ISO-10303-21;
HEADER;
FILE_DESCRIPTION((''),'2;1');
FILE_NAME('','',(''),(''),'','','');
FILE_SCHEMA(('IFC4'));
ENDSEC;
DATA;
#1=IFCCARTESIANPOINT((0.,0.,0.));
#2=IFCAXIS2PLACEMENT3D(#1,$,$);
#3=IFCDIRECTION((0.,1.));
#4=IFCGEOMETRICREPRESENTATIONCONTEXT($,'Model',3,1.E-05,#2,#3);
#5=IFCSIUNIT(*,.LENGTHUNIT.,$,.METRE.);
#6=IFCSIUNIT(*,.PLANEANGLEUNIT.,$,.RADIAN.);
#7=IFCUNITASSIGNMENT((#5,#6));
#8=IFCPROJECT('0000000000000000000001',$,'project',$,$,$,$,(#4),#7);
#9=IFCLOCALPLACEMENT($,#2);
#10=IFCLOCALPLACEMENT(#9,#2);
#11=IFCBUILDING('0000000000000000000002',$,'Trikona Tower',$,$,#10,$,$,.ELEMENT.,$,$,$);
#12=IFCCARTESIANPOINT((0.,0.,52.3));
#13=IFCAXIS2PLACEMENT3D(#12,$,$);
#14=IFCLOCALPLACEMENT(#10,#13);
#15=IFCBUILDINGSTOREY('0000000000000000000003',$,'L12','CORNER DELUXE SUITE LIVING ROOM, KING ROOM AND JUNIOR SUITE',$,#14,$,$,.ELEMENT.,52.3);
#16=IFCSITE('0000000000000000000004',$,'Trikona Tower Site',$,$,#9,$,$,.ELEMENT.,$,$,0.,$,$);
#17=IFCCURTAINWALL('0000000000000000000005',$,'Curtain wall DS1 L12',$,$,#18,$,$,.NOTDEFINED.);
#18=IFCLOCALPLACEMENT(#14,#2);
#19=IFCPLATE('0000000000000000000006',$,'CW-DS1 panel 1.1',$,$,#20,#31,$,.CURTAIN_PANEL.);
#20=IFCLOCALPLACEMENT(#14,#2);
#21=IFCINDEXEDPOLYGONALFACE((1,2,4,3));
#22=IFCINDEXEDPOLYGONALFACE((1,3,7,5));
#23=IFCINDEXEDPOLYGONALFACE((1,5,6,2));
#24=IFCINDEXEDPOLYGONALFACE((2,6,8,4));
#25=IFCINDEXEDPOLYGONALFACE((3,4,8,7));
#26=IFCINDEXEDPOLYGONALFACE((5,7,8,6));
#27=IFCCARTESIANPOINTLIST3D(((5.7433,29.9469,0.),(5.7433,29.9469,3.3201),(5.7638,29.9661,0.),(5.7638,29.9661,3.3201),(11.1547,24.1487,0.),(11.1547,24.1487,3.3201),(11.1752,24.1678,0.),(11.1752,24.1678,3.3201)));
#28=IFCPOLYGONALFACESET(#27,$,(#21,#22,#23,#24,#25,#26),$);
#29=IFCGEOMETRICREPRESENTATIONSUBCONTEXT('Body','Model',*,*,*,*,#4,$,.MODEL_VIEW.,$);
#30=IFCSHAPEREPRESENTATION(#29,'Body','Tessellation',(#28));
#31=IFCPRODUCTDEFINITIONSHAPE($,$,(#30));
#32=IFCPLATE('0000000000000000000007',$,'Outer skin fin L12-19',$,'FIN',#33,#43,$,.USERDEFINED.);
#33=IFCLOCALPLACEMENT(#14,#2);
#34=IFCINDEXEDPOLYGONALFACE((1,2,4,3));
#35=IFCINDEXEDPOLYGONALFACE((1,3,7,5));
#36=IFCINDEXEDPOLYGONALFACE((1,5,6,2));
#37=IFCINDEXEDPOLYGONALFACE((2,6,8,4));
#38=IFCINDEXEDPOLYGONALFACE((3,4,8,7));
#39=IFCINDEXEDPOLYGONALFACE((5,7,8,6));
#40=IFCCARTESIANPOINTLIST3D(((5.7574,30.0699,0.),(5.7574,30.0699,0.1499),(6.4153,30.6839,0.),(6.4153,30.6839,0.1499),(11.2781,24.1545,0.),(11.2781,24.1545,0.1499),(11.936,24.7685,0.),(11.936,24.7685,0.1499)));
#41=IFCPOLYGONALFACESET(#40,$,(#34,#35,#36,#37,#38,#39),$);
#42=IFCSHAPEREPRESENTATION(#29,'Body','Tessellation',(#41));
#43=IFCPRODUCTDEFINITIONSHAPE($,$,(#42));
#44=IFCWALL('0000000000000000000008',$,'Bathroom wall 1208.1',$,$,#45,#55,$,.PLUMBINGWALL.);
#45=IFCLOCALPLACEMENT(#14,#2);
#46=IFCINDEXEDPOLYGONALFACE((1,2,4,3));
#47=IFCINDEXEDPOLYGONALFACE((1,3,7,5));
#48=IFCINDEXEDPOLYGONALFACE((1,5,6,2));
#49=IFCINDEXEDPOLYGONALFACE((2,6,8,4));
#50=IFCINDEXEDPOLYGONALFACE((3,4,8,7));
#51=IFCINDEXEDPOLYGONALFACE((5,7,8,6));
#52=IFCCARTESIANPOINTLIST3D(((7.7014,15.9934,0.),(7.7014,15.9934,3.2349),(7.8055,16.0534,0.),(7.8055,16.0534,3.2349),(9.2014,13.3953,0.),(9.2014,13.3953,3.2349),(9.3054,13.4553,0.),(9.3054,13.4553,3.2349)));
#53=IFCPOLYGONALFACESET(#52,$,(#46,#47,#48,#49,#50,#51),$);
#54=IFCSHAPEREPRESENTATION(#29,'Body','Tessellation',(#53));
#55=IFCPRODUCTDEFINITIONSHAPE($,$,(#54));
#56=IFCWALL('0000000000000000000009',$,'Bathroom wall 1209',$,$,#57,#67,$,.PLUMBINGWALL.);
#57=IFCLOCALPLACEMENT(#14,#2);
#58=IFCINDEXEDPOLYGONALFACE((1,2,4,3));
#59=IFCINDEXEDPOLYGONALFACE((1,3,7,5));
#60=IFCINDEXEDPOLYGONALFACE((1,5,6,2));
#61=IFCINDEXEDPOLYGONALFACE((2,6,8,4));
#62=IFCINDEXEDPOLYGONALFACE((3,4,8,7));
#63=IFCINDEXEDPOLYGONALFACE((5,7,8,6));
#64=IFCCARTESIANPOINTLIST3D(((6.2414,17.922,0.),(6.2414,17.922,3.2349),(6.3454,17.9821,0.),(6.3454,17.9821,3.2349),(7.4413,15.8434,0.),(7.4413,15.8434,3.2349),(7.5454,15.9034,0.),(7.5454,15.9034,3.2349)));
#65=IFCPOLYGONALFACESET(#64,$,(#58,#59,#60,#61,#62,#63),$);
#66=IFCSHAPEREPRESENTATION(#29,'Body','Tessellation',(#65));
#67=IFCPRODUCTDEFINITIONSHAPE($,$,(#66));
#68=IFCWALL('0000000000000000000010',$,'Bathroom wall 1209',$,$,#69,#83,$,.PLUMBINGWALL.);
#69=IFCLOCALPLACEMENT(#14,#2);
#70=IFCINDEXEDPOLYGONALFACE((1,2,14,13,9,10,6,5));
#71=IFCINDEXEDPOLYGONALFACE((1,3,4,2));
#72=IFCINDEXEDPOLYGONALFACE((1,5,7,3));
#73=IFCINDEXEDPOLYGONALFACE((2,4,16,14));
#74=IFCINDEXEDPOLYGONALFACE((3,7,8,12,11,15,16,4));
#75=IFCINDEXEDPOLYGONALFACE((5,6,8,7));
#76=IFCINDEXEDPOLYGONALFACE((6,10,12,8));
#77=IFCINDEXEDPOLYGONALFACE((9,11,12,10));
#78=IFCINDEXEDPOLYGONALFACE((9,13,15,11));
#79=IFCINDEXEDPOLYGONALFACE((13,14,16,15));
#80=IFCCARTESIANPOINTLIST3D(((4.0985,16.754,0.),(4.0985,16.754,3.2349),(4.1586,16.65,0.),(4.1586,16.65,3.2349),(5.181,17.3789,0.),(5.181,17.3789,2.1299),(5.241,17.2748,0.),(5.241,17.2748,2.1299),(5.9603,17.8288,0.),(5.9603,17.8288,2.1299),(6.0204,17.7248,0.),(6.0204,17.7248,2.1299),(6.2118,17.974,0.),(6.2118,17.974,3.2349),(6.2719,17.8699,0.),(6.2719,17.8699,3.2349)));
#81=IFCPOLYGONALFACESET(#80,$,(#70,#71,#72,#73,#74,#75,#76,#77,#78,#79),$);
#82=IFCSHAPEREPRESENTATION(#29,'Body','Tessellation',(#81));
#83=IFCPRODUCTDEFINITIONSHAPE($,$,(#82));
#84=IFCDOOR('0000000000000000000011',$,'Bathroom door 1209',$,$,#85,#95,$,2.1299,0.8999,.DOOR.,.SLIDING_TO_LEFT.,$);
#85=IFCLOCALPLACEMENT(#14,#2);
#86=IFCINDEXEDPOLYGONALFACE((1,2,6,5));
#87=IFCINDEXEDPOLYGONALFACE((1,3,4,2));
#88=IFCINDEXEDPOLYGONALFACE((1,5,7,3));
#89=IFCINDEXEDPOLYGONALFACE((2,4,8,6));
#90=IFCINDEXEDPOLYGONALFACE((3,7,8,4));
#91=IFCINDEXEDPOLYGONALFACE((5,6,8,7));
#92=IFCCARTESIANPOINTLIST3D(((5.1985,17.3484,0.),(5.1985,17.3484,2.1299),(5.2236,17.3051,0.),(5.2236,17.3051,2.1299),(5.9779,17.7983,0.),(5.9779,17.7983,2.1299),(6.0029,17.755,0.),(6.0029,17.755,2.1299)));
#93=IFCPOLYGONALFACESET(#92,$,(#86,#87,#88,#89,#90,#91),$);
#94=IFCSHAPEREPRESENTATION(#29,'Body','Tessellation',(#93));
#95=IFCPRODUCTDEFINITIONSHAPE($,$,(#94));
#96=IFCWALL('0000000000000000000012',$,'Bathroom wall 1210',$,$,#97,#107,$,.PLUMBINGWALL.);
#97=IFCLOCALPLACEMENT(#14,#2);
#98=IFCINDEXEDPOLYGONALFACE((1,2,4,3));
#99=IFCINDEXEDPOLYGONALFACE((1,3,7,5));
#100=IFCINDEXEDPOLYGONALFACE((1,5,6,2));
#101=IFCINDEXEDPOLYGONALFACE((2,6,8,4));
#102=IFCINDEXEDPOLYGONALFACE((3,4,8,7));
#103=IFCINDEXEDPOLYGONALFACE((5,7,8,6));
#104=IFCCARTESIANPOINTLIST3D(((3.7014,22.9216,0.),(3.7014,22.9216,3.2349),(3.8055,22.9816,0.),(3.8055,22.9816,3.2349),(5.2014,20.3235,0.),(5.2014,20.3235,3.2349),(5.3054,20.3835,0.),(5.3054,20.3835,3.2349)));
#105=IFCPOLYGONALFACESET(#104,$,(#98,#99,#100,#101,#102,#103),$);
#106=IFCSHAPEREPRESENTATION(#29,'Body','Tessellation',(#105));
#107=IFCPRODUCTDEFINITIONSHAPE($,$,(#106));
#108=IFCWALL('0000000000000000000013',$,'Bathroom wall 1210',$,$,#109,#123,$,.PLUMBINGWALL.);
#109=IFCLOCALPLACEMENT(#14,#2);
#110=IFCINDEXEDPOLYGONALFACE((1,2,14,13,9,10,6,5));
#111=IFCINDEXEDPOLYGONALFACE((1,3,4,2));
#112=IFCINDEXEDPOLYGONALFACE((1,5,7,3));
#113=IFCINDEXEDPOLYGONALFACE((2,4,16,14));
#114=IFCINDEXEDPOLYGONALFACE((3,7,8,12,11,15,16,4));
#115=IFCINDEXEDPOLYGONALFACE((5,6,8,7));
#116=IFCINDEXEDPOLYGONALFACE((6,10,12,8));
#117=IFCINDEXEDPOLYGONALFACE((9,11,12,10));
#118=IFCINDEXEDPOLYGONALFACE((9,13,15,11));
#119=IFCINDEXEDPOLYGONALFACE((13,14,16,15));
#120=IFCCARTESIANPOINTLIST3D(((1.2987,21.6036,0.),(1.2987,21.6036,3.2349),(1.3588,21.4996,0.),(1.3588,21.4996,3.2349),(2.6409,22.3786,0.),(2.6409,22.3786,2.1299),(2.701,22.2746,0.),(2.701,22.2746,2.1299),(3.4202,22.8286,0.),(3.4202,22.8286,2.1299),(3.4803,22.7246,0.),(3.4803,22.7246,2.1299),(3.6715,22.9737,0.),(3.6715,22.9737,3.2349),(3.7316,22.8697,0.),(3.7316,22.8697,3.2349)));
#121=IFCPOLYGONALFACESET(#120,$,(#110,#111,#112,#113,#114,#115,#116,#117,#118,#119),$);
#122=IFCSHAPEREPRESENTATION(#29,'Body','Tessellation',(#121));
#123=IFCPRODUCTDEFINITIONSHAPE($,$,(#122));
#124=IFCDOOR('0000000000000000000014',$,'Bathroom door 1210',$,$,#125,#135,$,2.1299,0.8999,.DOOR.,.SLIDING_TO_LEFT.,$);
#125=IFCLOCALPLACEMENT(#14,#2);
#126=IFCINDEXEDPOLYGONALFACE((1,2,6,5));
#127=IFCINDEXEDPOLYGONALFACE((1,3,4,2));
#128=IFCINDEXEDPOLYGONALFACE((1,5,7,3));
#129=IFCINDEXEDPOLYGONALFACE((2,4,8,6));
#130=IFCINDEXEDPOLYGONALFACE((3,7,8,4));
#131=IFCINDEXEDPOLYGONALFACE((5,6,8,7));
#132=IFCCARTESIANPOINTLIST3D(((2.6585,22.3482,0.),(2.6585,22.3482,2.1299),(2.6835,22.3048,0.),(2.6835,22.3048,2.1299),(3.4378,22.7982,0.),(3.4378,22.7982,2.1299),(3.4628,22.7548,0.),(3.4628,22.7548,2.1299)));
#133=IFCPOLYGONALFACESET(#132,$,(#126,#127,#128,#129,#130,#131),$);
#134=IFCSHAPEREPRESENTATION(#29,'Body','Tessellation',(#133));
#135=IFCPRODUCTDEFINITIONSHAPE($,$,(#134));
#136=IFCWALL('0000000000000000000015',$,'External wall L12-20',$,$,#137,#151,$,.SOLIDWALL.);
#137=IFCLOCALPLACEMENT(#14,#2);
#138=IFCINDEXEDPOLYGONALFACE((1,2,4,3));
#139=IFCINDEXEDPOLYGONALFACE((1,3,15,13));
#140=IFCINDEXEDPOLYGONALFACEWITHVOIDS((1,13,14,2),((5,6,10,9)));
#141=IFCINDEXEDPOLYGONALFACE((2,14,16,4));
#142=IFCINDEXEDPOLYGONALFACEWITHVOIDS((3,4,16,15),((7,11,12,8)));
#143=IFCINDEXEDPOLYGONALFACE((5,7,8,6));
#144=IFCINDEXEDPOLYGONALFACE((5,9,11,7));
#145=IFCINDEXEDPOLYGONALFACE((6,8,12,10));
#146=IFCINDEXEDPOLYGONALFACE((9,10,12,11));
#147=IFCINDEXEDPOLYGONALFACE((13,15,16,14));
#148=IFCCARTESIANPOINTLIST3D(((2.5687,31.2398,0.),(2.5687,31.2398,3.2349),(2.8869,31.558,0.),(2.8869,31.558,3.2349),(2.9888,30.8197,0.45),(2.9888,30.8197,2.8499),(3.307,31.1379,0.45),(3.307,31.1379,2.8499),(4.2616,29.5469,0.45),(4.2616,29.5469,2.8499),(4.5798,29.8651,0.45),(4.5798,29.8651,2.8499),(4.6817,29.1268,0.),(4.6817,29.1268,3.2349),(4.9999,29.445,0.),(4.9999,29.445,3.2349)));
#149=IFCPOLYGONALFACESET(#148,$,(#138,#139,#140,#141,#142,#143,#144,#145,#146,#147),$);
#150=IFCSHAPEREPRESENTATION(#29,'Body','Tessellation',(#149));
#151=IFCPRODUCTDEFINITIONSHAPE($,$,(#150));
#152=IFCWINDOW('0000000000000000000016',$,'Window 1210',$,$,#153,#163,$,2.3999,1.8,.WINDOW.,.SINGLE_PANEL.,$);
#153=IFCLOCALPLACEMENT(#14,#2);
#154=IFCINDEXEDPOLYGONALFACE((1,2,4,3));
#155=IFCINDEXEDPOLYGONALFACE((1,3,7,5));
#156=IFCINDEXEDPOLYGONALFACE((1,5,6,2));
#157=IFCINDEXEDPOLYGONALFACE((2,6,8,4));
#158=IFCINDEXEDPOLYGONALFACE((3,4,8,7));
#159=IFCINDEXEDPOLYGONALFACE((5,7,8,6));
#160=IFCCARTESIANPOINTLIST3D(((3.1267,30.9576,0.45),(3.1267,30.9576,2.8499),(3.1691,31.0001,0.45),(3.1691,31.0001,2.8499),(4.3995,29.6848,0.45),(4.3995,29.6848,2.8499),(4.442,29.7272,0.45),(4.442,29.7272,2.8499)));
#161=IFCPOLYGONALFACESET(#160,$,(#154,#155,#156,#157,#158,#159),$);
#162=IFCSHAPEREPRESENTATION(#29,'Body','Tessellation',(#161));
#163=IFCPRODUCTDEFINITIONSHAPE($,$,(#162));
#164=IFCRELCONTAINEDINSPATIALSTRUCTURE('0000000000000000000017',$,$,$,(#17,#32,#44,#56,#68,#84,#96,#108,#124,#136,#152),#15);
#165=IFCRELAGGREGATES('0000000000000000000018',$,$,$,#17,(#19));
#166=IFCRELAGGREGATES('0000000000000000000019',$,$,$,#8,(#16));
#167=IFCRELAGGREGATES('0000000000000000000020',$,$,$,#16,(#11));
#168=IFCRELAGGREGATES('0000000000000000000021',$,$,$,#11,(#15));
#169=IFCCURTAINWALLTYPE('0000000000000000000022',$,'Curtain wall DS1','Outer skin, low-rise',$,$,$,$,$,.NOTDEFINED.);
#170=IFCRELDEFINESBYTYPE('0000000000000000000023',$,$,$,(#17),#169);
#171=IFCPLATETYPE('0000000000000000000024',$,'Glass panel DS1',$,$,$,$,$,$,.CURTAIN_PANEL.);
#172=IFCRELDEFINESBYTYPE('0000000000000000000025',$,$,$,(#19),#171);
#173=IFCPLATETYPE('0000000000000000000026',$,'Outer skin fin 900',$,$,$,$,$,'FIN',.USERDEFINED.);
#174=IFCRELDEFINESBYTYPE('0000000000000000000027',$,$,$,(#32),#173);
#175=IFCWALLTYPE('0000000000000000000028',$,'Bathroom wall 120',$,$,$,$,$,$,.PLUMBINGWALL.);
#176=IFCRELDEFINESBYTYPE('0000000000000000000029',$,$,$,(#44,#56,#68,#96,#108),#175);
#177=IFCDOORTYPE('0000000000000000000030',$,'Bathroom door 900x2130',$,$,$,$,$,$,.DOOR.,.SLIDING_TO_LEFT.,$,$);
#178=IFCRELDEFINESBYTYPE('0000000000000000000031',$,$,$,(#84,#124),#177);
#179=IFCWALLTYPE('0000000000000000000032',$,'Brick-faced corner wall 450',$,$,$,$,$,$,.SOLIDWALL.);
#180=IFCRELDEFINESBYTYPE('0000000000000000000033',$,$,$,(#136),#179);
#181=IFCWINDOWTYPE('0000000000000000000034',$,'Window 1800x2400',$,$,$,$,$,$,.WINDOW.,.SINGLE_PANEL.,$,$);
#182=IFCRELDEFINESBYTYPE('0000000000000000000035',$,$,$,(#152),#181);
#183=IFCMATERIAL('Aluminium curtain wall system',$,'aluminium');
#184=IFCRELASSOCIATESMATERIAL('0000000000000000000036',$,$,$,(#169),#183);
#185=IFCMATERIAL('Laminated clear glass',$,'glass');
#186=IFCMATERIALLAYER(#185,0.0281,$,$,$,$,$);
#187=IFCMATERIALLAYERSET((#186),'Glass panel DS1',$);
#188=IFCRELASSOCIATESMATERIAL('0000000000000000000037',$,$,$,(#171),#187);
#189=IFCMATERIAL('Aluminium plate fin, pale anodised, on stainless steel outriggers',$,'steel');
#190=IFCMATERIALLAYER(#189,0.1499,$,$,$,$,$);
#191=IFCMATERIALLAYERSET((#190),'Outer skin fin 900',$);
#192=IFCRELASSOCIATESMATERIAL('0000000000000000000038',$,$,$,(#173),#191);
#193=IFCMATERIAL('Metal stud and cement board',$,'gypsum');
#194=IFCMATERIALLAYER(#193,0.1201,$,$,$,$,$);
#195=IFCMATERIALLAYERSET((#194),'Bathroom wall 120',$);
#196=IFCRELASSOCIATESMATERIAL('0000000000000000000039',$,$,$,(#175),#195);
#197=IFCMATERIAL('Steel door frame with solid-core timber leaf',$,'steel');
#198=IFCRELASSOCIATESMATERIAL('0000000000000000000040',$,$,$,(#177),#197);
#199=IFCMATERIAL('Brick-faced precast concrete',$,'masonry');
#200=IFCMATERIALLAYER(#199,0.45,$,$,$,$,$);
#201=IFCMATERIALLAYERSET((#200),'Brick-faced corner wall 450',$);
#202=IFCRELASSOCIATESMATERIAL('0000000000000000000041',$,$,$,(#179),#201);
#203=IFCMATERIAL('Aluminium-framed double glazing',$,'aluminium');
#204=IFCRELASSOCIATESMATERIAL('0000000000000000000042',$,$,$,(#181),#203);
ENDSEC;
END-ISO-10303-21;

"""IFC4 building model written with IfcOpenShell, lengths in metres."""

from ifc_helpers import new_model, si_unit, direction, frame, frame_2d, origin, origin_2d, place, context, subcontext, project, spatial, rectangle, extrude, material, layer, layer_set, type_object, element, fill, aggregate, save


model = new_model("IFC4")

# Units and contexts
model_context = context("Model", 3, precision=1e-05, world=origin(), true_north=direction((0.0, 1.0)))
body_context = subcontext(model_context, "Body", "Model", "MODEL_VIEW")
ifc_project = project(units=[si_unit("LENGTHUNIT", "METRE"), si_unit("PLANEANGLEUNIT", "RADIAN")], contexts=[model_context])

# Site, building, storey
site_placement = place(None, origin())
site = spatial("IfcSite", under=ifc_project, at=site_placement, Name="Trikona Tower Site", CompositionType="ELEMENT", RefElevation=0.0)
building_placement = place(site_placement, origin())
building = spatial("IfcBuilding", under=site, at=building_placement, Name="Trikona Tower", CompositionType="ELEMENT")
storey_placement = place(building_placement, frame((0.0, 0.0, 52.3)))
storey = spatial("IfcBuildingStorey", under=building, at=storey_placement, Name="L12", Description="CORNER DELUXE SUITE LIVING ROOM, KING ROOM AND JUNIOR SUITE", CompositionType="ELEMENT", Elevation=52.3)

# Curtain wall
ifc_material_1 = material(Name="Aluminium curtain wall system", Category="aluminium")
curtain_wall_type = type_object("IfcCurtainWallType", Name="Curtain wall DS1", Description="Outer skin, low-rise", PredefinedType="NOTDEFINED", material=ifc_material_1)
curtain_wall_placement = place(storey_placement, origin())
curtain_wall = element("IfcCurtainWall", 1, at=curtain_wall_placement, inside=storey, type_object=curtain_wall_type, Name="Curtain wall DS1 L12", PredefinedType="NOTDEFINED")

# Plates
ifc_material_2 = material(Name="Laminated clear glass", Category="glass")
ifc_layer_1 = layer(ifc_material_2, 0.0281)
ifc_layer_set_1 = layer_set([ifc_layer_1], Name="Glass panel DS1")
plate_type_1 = type_object("IfcPlateType", Name="Glass panel DS1", PredefinedType="CURTAIN_PANEL", material=ifc_layer_set_1)
plate_1_placement = place(storey_placement, frame((8.4592, 27.0574, 0.0), z_axis=(0.0, 0.0, 1.0), x_axis=(-0.682295, 0.731077, 0.0)))
plate_1 = element("IfcPlate", 2, at=plate_1_placement, type_object=plate_type_1, Name="CW-DS1 panel 1.1", PredefinedType="CURTAIN_PANEL", context=body_context, shape_type="SweptSolid", body=[
    extrude(rectangle(XDim=7.9312, YDim=0.0281, at=origin_2d()), origin(), (0.0, 0.0, 1.0), 3.3201),
])
aggregate(curtain_wall, [plate_1])
ifc_material_3 = material(Name="Aluminium plate fin, pale anodised, on stainless steel outriggers", Category="steel")
ifc_layer_2 = layer(ifc_material_3, 0.1499)
ifc_layer_set_2 = layer_set([ifc_layer_2], Name="Outer skin fin 900")
plate_type_2 = type_object("IfcPlateType", Name="Outer skin fin 900", ElementType="FIN", PredefinedType="USERDEFINED", material=ifc_layer_set_2)
plate_2_placement = place(storey_placement, frame((8.8467, 27.4192, 0.0), z_axis=(0.0, 0.0, 1.0), x_axis=(-0.682298, 0.731074, 0.0)))
element("IfcPlate", 3, at=plate_2_placement, inside=storey, type_object=plate_type_2, Name="Outer skin fin L12-19", ObjectType="FIN", PredefinedType="USERDEFINED", context=body_context, shape_type="SweptSolid", body=[
    extrude(rectangle(XDim=8.0913, YDim=0.8999, at=origin_2d()), origin(), (0.0, 0.0, 1.0), 0.1499),
])

# Walls
ifc_material_4 = material(Name="Metal stud and cement board", Category="gypsum")
ifc_layer_3 = layer(ifc_material_4, 0.1201)
ifc_layer_set_3 = layer_set([ifc_layer_3], Name="Bathroom wall 120")
wall_type_1 = type_object("IfcWallType", Name="Bathroom wall 120", PredefinedType="PLUMBINGWALL", material=ifc_layer_set_3)
wall_1_placement = place(storey_placement, frame((9.2534, 13.4253, 0.0), z_axis=(0.0, 0.0, 1.0), x_axis=(-0.49999, 0.866031, 0.0)))
element("IfcWall", 4, at=wall_1_placement, inside=storey, type_object=wall_type_1, Name="Bathroom wall 1208.1", PredefinedType="PLUMBINGWALL", context=body_context, shape_type="SweptSolid", body=[
    extrude(rectangle(XDim=3.0, YDim=0.1201, at=frame_2d((1.5, 0.0))), origin(), (0.0, 0.0, 1.0), 3.2349),
])
wall_2_placement = place(storey_placement, frame((7.4934, 15.8733, 0.0), z_axis=(0.0, 0.0, 1.0), x_axis=(-0.499957, 0.86605, 0.0)))
element("IfcWall", 5, at=wall_2_placement, inside=storey, type_object=wall_type_1, Name="Bathroom wall 1209", PredefinedType="PLUMBINGWALL", context=body_context, shape_type="SweptSolid", body=[
    extrude(rectangle(XDim=2.4001, YDim=0.1201, at=frame_2d((1.2002, 0.0))), origin(), (0.0, 0.0, 1.0), 3.2349),
])

# Wall, opening, door
wall_3_placement = place(storey_placement, frame((4.1284, 16.7019, 0.0), z_axis=(0.0, 0.0, 1.0), x_axis=(0.866049, 0.499959, 0.0)))
wall_3 = element("IfcWall", 6, at=wall_3_placement, inside=storey, type_object=wall_type_1, Name="Bathroom wall 1209", PredefinedType="PLUMBINGWALL", context=body_context, shape_type="SweptSolid", body=[
    extrude(rectangle(XDim=2.4402, YDim=0.1201, at=frame_2d((1.2202, 0.0))), origin(), (0.0, 0.0, 1.0), 3.2349),
])
opening_1_placement = place(wall_3_placement, frame((1.25, 0.0, 0.0)))
opening_1 = element("IfcOpeningElement", 7, at=opening_1_placement, cuts=wall_3, PredefinedType="OPENING", context=body_context, shape_type="SweptSolid", body=[
    extrude(rectangle(XDim=0.8999, YDim=2.1299, at=frame_2d((0.45, 1.0649))), frame((0.0, 0.0701, 0.0), z_axis=(0.0, -1.0, 0.0), x_axis=(1.0, 0.0, 0.0)), (0.0, 0.0, 1.0), 0.1401),
])
ifc_material_5 = material(Name="Steel door frame with solid-core timber leaf", Category="steel")
door_type = type_object("IfcDoorType", Name="Bathroom door 900x2130", OperationType="SLIDING_TO_LEFT", PredefinedType="DOOR", material=ifc_material_5)
door_1_placement = place(opening_1_placement, origin())
door_1 = element("IfcDoor", 8, at=door_1_placement, inside=storey, type_object=door_type, Name="Bathroom door 1209", OperationType="SLIDING_TO_LEFT", OverallHeight=2.1299, OverallWidth=0.8999, PredefinedType="DOOR", context=body_context, shape_type="SweptSolid", body=[
    extrude(rectangle(XDim=0.8999, YDim=2.1299, at=frame_2d((0.45, 1.0649))), frame((0.0, 0.0249, 0.0), z_axis=(0.0, -1.0, 0.0), x_axis=(1.0, 0.0, 0.0)), (0.0, 0.0, 1.0), 0.05),
])
fill(opening_1, door_1)

# Wall
wall_4_placement = place(storey_placement, frame((5.2534, 20.3535, 0.0), z_axis=(0.0, 0.0, 1.0), x_axis=(-0.49999, 0.866031, 0.0)))
element("IfcWall", 9, at=wall_4_placement, inside=storey, type_object=wall_type_1, Name="Bathroom wall 1210", PredefinedType="PLUMBINGWALL", context=body_context, shape_type="SweptSolid", body=[
    extrude(rectangle(XDim=3.0, YDim=0.1201, at=frame_2d((1.5, 0.0))), origin(), (0.0, 0.0, 1.0), 3.2349),
])

# Wall, opening, door
wall_5_placement = place(storey_placement, frame((1.3286, 21.5515, 0.0), z_axis=(0.0, 0.0, 1.0), x_axis=(0.865997, 0.500049, 0.0)))
wall_5 = element("IfcWall", 10, at=wall_5_placement, inside=storey, type_object=wall_type_1, Name="Bathroom wall 1210", PredefinedType="PLUMBINGWALL", context=body_context, shape_type="SweptSolid", body=[
    extrude(rectangle(XDim=2.74, YDim=0.1201, at=frame_2d((1.3701, 0.0))), origin(), (0.0, 0.0, 1.0), 3.2349),
])
opening_2_placement = place(wall_5_placement, frame((1.55, 0.0, 0.0)))
opening_2 = element("IfcOpeningElement", 11, at=opening_2_placement, cuts=wall_5, PredefinedType="OPENING", context=body_context, shape_type="SweptSolid", body=[
    extrude(rectangle(XDim=0.8999, YDim=2.1299, at=frame_2d((0.45, 1.0649))), frame((0.0, 0.0701, 0.0), z_axis=(0.0, -1.0, 0.0), x_axis=(1.0, 0.0, 0.0)), (0.0, 0.0, 1.0), 0.1401),
])
door_2_placement = place(opening_2_placement, origin())
door_2 = element("IfcDoor", 12, at=door_2_placement, inside=storey, type_object=door_type, Name="Bathroom door 1210", OperationType="SLIDING_TO_LEFT", OverallHeight=2.1299, OverallWidth=0.8999, PredefinedType="DOOR", context=body_context, shape_type="SweptSolid", body=[
    extrude(rectangle(XDim=0.8999, YDim=2.1299, at=frame_2d((0.45, 1.0649))), frame((0.0, 0.0249, 0.0), z_axis=(0.0, -1.0, 0.0), x_axis=(1.0, 0.0, 0.0)), (0.0, 0.0, 1.0), 0.05),
])
fill(opening_2, door_2)

# Wall, opening, window
ifc_material_6 = material(Name="Brick-faced precast concrete", Category="masonry")
ifc_layer_4 = layer(ifc_material_6, 0.45)
ifc_layer_set_4 = layer_set([ifc_layer_4], Name="Brick-faced corner wall 450")
wall_type_2 = type_object("IfcWallType", Name="Brick-faced corner wall 450", PredefinedType="SOLIDWALL", material=ifc_layer_set_4)
wall_6_placement = place(storey_placement, frame((4.8408, 29.2859, 0.0), z_axis=(0.0, 0.0, 1.0), x_axis=(-0.707107, 0.707107, 0.0)))
wall_6 = element("IfcWall", 13, at=wall_6_placement, inside=storey, type_object=wall_type_2, Name="External wall L12-20", PredefinedType="SOLIDWALL", context=body_context, shape_type="SweptSolid", body=[
    extrude(rectangle(XDim=2.9883, YDim=0.45, at=frame_2d((1.4941, 0.0))), origin(), (0.0, 0.0, 1.0), 3.2349),
])
opening_3_placement = place(wall_6_placement, frame((0.5942, 0.0, 0.45)))
opening_3 = element("IfcOpeningElement", 14, at=opening_3_placement, cuts=wall_6, PredefinedType="OPENING", context=body_context, shape_type="SweptSolid", body=[
    extrude(rectangle(XDim=1.8, YDim=2.3999, at=frame_2d((0.8999, 1.2))), frame((0.0, 0.2349, 0.0), z_axis=(0.0, -1.0, 0.0), x_axis=(1.0, 0.0, 0.0)), (0.0, 0.0, 1.0), 0.47),
])
ifc_material_7 = material(Name="Aluminium-framed double glazing", Category="aluminium")
window_type_1 = type_object("IfcWindowType", Name="Window 1800x2400", PartitioningType="SINGLE_PANEL", PredefinedType="WINDOW", material=ifc_material_7)
window_1_placement = place(opening_3_placement, origin())
window_1 = element("IfcWindow", 15, at=window_1_placement, inside=storey, type_object=window_type_1, Name="Window 1210", OverallHeight=2.3999, OverallWidth=1.8, PartitioningType="SINGLE_PANEL", PredefinedType="WINDOW", context=body_context, shape_type="SweptSolid", body=[
    extrude(rectangle(XDim=1.8, YDim=2.3999, at=frame_2d((0.8999, 1.2))), frame((0.0, 0.03, 0.0), z_axis=(0.0, -1.0, 0.0), x_axis=(1.0, 0.0, 0.0)), (0.0, 0.0, 1.0), 0.0601),
])
fill(opening_3, window_1)

save(model, "model.ifc")
